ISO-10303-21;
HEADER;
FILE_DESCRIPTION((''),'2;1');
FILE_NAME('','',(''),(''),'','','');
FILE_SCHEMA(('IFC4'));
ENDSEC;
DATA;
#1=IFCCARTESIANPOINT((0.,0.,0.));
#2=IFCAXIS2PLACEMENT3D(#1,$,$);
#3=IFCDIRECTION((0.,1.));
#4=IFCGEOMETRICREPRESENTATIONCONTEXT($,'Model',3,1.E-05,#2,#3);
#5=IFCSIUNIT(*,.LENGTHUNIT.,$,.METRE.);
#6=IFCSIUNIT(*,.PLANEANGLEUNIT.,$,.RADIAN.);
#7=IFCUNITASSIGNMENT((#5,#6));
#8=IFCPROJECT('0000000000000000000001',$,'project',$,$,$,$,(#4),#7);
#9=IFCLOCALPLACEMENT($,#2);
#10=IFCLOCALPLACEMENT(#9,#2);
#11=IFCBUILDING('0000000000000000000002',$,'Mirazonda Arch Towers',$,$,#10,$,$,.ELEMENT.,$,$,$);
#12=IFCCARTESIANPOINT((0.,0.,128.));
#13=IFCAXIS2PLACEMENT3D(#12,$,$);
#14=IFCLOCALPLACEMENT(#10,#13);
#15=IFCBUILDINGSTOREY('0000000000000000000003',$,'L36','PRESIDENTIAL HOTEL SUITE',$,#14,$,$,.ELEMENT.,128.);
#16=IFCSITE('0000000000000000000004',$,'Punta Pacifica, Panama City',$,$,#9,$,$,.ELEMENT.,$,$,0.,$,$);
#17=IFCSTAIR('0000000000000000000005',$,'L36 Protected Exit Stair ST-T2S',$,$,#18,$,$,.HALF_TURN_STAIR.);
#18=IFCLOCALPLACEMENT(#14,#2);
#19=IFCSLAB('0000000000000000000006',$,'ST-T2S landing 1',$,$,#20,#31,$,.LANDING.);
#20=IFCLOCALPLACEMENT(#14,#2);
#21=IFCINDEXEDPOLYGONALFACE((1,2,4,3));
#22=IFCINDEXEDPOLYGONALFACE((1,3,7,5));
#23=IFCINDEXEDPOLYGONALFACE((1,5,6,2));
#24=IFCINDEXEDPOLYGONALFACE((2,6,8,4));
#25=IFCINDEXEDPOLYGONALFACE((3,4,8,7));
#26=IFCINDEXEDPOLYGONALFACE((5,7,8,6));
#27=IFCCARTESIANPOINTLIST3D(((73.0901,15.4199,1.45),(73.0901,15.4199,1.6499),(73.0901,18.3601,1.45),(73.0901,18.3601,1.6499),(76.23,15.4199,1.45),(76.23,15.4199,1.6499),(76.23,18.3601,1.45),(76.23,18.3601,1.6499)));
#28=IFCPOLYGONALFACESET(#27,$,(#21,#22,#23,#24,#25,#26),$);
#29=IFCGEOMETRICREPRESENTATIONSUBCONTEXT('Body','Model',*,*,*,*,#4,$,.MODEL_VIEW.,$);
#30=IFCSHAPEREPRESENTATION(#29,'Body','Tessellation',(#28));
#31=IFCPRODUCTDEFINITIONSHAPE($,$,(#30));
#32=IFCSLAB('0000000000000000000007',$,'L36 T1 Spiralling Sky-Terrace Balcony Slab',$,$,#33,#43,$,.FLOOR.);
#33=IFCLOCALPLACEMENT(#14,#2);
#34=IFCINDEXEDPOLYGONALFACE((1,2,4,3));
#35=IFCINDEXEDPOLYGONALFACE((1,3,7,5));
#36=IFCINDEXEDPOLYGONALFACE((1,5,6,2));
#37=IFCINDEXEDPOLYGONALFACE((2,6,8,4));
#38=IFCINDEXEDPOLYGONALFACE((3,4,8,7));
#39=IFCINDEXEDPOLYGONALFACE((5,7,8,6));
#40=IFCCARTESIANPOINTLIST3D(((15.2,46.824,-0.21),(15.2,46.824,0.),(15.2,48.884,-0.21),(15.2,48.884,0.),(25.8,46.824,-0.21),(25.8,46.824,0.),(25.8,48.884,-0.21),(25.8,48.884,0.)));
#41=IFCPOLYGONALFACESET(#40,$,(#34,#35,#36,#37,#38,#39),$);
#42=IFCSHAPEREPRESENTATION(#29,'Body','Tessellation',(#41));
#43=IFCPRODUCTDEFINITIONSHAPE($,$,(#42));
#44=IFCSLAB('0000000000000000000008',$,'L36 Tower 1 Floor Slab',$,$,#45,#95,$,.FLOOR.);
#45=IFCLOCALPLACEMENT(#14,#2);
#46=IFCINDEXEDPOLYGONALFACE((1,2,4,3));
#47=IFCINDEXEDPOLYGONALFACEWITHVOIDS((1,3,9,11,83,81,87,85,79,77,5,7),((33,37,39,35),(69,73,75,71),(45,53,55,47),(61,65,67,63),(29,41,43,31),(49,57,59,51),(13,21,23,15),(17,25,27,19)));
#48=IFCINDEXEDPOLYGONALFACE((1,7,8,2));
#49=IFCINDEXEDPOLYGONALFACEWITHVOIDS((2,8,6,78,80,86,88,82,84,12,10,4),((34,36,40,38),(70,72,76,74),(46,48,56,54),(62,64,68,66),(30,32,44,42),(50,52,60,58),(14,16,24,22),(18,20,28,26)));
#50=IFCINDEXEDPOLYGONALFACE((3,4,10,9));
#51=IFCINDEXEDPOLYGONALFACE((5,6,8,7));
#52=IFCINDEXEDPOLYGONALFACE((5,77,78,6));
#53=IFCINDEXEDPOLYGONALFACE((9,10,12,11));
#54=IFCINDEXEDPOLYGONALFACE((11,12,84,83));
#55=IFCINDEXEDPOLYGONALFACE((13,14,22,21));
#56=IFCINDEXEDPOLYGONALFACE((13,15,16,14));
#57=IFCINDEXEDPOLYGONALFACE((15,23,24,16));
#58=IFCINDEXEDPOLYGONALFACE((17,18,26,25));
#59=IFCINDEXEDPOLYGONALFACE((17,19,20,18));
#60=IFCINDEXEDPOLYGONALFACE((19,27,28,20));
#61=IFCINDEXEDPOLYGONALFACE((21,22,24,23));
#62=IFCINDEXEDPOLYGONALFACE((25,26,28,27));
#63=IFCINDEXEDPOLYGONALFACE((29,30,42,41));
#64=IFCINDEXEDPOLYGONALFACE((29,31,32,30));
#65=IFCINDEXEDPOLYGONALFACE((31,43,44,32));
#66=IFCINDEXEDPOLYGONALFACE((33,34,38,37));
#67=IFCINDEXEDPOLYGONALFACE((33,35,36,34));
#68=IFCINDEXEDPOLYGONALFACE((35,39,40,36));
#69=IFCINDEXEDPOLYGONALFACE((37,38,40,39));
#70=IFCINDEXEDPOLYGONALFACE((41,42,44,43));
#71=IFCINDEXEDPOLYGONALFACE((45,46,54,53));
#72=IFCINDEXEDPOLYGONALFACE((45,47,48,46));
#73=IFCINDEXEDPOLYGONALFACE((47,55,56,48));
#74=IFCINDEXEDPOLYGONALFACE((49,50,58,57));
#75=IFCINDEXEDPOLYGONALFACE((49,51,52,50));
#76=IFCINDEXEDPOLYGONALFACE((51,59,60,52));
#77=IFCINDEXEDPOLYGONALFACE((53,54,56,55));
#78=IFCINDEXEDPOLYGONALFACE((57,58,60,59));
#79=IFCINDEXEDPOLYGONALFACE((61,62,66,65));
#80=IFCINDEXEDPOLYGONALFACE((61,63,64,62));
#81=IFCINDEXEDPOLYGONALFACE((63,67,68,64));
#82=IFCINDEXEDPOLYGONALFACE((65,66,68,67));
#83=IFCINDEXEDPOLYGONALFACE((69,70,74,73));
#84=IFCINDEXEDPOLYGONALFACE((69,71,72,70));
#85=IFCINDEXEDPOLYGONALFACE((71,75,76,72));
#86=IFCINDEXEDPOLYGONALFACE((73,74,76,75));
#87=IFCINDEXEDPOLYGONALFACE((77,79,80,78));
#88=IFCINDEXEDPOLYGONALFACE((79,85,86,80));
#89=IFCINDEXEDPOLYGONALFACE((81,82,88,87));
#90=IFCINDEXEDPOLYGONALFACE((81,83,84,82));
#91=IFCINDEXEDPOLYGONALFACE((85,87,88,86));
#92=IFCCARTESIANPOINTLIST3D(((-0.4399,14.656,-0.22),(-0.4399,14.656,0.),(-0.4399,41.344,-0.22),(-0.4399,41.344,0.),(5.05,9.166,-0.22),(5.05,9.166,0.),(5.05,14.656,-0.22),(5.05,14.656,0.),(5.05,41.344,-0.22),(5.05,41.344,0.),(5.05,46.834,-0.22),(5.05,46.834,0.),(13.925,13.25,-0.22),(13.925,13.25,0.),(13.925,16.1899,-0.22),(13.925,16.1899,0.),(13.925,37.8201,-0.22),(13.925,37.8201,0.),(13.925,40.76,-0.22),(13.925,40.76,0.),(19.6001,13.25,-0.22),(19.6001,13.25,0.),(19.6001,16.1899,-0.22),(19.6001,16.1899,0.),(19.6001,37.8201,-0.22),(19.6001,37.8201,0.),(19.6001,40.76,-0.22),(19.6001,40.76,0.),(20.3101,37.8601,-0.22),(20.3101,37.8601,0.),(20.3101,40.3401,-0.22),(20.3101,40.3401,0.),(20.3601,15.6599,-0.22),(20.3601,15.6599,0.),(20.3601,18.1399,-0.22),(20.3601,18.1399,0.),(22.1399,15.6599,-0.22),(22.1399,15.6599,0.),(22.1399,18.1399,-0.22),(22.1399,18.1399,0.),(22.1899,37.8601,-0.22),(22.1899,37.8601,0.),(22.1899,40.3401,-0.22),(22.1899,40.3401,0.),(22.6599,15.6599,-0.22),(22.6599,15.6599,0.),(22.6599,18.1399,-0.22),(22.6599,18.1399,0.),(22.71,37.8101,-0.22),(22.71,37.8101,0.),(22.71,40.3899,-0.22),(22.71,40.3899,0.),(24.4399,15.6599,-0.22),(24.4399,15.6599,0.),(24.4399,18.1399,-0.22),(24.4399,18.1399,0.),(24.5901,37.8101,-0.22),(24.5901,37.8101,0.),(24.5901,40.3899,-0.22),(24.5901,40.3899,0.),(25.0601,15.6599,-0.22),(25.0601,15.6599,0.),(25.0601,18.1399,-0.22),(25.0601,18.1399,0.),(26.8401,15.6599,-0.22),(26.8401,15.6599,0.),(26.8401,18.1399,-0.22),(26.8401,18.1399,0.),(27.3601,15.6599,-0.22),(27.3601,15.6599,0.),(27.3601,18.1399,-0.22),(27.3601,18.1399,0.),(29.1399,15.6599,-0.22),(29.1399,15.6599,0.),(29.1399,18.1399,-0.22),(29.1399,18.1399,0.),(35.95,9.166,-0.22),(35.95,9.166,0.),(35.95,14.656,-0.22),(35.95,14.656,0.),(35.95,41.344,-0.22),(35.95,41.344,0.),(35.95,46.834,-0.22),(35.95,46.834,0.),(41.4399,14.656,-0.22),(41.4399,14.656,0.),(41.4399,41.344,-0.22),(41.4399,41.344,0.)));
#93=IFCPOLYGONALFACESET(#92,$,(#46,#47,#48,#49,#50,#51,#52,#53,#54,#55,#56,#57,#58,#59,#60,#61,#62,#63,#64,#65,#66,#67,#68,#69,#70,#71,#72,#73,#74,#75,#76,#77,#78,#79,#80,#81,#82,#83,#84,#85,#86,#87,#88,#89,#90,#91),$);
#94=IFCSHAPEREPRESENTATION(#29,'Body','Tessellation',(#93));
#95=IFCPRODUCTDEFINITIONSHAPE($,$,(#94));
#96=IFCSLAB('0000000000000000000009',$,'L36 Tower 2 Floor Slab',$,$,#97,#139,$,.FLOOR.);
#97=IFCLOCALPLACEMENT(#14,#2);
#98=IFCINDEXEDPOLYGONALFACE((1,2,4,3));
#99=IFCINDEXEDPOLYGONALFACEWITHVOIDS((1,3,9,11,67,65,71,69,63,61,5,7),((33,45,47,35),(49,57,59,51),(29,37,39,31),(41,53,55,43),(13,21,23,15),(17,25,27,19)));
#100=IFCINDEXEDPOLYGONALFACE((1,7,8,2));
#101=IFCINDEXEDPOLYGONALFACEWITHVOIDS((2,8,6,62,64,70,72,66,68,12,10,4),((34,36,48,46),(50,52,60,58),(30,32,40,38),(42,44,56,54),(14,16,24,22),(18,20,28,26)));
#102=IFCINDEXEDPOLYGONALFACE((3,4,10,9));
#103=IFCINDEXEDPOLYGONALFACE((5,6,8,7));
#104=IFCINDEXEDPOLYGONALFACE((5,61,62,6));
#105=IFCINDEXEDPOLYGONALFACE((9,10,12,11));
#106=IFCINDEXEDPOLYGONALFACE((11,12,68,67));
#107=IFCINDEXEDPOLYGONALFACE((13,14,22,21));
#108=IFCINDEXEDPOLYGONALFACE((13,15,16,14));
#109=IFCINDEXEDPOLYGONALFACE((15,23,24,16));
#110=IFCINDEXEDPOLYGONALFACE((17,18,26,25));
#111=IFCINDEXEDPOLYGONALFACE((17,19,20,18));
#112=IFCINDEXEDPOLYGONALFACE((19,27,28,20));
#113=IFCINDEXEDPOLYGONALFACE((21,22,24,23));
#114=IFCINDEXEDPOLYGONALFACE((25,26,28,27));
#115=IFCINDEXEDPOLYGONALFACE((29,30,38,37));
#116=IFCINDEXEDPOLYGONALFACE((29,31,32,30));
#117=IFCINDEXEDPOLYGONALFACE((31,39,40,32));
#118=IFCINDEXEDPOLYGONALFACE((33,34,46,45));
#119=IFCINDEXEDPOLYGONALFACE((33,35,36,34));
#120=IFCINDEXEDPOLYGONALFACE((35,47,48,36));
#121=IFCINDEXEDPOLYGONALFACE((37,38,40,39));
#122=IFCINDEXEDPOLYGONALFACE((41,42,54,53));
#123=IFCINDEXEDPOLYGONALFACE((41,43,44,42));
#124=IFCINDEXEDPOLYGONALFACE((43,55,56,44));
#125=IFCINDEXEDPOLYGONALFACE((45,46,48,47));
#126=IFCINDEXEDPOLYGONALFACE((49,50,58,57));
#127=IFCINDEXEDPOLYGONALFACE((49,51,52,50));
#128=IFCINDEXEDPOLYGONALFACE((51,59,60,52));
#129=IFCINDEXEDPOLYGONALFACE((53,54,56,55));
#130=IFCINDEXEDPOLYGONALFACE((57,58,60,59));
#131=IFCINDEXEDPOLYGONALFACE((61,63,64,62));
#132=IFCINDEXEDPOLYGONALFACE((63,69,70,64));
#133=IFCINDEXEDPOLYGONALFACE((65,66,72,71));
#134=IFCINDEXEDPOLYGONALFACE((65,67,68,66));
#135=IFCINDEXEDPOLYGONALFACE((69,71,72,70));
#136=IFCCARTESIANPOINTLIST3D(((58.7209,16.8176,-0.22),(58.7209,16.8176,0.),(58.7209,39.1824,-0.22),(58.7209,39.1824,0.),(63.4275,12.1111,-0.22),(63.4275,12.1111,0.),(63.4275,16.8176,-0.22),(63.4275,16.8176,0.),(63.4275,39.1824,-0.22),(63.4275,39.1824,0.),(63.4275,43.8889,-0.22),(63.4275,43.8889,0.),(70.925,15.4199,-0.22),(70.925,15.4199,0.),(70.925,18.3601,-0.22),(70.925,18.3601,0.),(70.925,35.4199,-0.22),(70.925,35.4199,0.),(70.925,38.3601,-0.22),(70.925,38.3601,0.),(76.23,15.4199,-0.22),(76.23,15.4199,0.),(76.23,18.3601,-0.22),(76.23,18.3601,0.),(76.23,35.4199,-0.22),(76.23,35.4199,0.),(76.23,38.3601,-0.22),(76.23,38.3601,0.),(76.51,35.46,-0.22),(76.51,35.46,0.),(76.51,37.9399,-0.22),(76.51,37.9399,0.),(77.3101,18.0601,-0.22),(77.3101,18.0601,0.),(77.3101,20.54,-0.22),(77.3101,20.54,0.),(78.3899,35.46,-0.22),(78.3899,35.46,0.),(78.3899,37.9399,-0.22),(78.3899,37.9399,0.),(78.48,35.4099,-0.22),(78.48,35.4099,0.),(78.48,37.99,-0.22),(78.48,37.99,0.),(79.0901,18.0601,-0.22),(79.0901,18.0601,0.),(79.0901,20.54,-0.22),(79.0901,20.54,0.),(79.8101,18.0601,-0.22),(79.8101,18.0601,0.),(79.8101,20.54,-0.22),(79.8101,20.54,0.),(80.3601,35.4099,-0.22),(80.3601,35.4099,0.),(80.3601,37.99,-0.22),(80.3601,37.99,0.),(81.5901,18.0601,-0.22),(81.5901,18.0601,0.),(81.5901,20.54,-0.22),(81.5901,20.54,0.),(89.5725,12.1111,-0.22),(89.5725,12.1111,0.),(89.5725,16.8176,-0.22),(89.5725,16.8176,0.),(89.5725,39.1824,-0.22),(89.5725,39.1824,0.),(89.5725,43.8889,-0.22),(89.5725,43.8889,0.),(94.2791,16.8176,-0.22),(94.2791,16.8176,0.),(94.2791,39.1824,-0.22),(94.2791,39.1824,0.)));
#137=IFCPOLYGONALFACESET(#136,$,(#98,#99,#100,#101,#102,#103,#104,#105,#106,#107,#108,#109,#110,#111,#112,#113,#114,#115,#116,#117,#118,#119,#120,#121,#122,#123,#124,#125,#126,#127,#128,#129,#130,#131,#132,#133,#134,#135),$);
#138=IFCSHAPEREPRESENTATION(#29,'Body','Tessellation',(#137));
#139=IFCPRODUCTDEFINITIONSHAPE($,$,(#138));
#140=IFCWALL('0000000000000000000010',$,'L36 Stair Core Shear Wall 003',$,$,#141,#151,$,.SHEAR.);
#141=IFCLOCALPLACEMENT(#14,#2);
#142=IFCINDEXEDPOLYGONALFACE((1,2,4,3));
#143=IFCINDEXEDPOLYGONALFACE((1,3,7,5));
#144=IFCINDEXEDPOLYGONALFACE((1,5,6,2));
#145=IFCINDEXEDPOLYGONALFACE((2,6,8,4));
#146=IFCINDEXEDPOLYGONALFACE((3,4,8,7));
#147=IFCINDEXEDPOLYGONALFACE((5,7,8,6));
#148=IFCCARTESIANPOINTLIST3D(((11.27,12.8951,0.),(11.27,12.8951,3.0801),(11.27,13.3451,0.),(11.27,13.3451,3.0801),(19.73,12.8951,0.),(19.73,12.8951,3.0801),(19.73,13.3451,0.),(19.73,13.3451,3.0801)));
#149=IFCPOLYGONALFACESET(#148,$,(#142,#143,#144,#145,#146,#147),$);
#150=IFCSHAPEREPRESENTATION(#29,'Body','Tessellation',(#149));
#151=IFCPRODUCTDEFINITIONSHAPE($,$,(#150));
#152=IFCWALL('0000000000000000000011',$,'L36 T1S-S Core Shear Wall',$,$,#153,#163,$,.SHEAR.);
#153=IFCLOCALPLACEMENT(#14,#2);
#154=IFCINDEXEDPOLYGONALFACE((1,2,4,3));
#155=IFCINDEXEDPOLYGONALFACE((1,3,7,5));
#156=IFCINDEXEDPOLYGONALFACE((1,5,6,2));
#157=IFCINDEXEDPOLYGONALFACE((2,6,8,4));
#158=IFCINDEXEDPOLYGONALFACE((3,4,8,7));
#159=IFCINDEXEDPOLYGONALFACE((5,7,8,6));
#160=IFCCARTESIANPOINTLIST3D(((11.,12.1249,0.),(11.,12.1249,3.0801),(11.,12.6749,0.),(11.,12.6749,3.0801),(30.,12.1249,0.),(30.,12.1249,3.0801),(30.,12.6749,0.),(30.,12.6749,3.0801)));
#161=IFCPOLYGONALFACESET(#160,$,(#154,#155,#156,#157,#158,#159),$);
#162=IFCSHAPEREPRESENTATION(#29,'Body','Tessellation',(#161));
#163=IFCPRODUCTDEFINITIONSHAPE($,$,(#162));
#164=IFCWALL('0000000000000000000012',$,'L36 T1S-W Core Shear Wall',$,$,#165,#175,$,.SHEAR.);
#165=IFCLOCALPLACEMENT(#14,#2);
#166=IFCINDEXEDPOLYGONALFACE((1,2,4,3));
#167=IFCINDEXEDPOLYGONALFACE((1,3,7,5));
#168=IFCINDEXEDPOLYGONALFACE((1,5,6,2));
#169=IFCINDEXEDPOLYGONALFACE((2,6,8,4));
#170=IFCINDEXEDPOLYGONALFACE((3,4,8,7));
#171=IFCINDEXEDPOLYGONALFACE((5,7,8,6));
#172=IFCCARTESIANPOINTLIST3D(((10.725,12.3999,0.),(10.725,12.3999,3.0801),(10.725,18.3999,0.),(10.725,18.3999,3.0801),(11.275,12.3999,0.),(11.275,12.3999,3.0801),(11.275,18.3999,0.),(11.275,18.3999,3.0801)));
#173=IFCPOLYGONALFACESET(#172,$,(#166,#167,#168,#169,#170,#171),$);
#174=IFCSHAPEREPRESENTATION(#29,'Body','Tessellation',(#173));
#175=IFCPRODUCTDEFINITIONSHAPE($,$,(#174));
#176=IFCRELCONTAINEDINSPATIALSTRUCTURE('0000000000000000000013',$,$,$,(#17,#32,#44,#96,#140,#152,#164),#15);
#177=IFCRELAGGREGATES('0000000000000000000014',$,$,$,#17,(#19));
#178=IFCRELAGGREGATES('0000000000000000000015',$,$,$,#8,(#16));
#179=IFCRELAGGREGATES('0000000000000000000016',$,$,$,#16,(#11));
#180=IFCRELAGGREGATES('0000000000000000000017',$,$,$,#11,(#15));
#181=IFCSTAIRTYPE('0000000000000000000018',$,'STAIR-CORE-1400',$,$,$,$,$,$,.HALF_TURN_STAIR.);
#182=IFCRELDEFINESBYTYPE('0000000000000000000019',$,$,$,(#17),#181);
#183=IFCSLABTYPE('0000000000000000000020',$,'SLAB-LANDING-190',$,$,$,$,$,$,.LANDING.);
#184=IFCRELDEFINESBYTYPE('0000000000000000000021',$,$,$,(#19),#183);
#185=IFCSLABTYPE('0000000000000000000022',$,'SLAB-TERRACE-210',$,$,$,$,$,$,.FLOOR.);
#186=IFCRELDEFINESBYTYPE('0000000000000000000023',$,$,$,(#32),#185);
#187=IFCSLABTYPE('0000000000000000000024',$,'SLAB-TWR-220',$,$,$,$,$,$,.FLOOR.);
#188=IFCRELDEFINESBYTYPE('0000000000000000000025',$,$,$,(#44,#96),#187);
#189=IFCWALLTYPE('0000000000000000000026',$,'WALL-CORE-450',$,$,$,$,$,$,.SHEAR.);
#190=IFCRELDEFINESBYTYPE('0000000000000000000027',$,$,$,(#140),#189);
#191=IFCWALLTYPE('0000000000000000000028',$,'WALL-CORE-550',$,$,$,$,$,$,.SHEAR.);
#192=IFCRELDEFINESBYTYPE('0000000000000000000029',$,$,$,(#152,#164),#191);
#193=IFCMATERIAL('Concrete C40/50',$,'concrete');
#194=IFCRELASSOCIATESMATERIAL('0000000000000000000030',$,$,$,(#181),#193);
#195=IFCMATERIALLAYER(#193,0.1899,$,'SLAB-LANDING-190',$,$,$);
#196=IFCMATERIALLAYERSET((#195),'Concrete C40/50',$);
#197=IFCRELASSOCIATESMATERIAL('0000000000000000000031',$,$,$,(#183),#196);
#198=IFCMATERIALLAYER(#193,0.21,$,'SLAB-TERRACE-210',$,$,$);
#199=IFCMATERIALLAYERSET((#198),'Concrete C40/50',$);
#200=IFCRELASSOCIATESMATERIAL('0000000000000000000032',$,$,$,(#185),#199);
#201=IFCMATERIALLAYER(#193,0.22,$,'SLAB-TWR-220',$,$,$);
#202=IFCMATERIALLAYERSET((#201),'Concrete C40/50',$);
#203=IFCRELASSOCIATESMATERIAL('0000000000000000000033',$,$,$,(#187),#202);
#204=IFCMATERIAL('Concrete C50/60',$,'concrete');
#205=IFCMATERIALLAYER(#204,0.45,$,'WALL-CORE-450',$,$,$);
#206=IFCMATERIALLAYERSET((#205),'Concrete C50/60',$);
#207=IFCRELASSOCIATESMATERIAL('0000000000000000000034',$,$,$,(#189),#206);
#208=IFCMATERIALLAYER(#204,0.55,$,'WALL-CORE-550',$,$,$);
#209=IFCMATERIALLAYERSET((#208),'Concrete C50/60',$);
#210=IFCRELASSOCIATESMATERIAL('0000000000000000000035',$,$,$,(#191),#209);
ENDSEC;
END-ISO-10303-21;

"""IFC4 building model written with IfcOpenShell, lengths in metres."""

from ifc_helpers import new_model, si_unit, direction, frame, frame_2d, origin, place, context, subcontext, project, spatial, polyline, rectangle, outline, extrude, material, layer, layer_set, type_object, element, aggregate, save


model = new_model("IFC4")

# Units and contexts
model_context = context("Model", 3, precision=1e-05, world=origin(), true_north=direction((0.0, 1.0)))
body_context = subcontext(model_context, "Body", "Model", "MODEL_VIEW")
ifc_project = project(units=[si_unit("LENGTHUNIT", "METRE"), si_unit("PLANEANGLEUNIT", "RADIAN")], contexts=[model_context])

# Site, building, storey
site_placement = place(None, origin())
site = spatial("IfcSite", under=ifc_project, at=site_placement, Name="Punta Pacifica, Panama City", CompositionType="ELEMENT", RefElevation=0.0)
building_placement = place(site_placement, origin())
building = spatial("IfcBuilding", under=site, at=building_placement, Name="Mirazonda Arch Towers", CompositionType="ELEMENT")
storey_placement = place(building_placement, frame((0.0, 0.0, 128.0)))
storey = spatial("IfcBuildingStorey", under=building, at=storey_placement, Name="L36", Description="PRESIDENTIAL HOTEL SUITE", CompositionType="ELEMENT", Elevation=128.0)

# Shared definitions
ifc_material_1 = material(Name="Concrete C50/60", Category="concrete")

# Stair, slab
ifc_material_2 = material(Name="Concrete C40/50", Category="concrete")
stair_type = type_object("IfcStairType", Name="STAIR-CORE-1400", PredefinedType="HALF_TURN_STAIR", material=ifc_material_2)
ifc_layer_1 = layer(ifc_material_2, 0.1899, Name="SLAB-LANDING-190")
ifc_layer_set_1 = layer_set([ifc_layer_1], Name="Concrete C40/50")
slab_type_1 = type_object("IfcSlabType", Name="SLAB-LANDING-190", PredefinedType="LANDING", material=ifc_layer_set_1)
stair_1_placement = place(storey_placement, origin())
stair_1 = element("IfcStair", 1, at=stair_1_placement, inside=storey, type_object=stair_type, Name="L36 Protected Exit Stair ST-T2S", PredefinedType="HALF_TURN_STAIR")
slab_1_placement = place(storey_placement, frame((0.0, 0.0, 1.45)))
slab_1 = element("IfcSlab", 2, at=slab_1_placement, type_object=slab_type_1, Name="ST-T2S landing 1", PredefinedType="LANDING", context=body_context, shape_type="SweptSolid", body=[
    extrude(outline(polyline([(73.0901, 15.4199), (76.23, 15.4199), (76.23, 18.3601), (73.0901, 18.3601), (73.0901, 15.4199)])), origin(), (0.0, 0.0, 1.0), 0.2),
])
aggregate(stair_1, [slab_1])

# Slabs
ifc_layer_2 = layer(ifc_material_2, 0.21, Name="SLAB-TERRACE-210")
ifc_layer_set_2 = layer_set([ifc_layer_2], Name="Concrete C40/50")
slab_type_2 = type_object("IfcSlabType", Name="SLAB-TERRACE-210", PredefinedType="FLOOR", material=ifc_layer_set_2)
slab_2_placement = place(storey_placement, frame((0.0, 0.0, -0.21)))
element("IfcSlab", 3, at=slab_2_placement, inside=storey, type_object=slab_type_2, Name="L36 T1 Spiralling Sky-Terrace Balcony Slab", PredefinedType="FLOOR", context=body_context, shape_type="SweptSolid", body=[
    extrude(outline(polyline([(15.2, 46.824), (25.8, 46.824), (25.8, 48.884), (15.2, 48.884), (15.2, 46.824)])), origin(), (0.0, 0.0, 1.0), 0.21),
])
ifc_layer_3 = layer(ifc_material_2, 0.22, Name="SLAB-TWR-220")
ifc_layer_set_3 = layer_set([ifc_layer_3], Name="Concrete C40/50")
slab_type_3 = type_object("IfcSlabType", Name="SLAB-TWR-220", PredefinedType="FLOOR", material=ifc_layer_set_3)
slab_3_placement = place(storey_placement, frame((0.0, 0.0, -0.22)))
element("IfcSlab", 4, at=slab_3_placement, inside=storey, type_object=slab_type_3, Name="L36 Tower 1 Floor Slab", PredefinedType="FLOOR", context=body_context, shape_type="SweptSolid", body=[
    extrude(outline(polyline([(5.05, 9.166), (35.95, 9.166), (35.95, 14.656), (41.4399, 14.656), (41.4399, 41.344), (35.95, 41.344), (35.95, 46.834), (5.05, 46.834), (5.05, 41.344), (-0.4399, 41.344), (-0.4399, 14.656), (5.05, 14.656), (5.05, 9.166)]), holes=[polyline([(27.3601, 18.1399), (29.1399, 18.1399), (29.1399, 15.6599), (27.3601, 15.6599), (27.3601, 18.1399)]), polyline([(25.0601, 18.1399), (26.8401, 18.1399), (26.8401, 15.6599), (25.0601, 15.6599), (25.0601, 18.1399)]), polyline([(22.71, 40.3899), (24.5901, 40.3899), (24.5901, 37.8101), (22.71, 37.8101), (22.71, 40.3899)]), polyline([(22.6599, 18.1399), (24.4399, 18.1399), (24.4399, 15.6599), (22.6599, 15.6599), (22.6599, 18.1399)]), polyline([(20.3101, 40.3401), (22.1899, 40.3401), (22.1899, 37.8601), (20.3101, 37.8601), (20.3101, 40.3401)]), polyline([(20.3601, 18.1399), (22.1399, 18.1399), (22.1399, 15.6599), (20.3601, 15.6599), (20.3601, 18.1399)]), polyline([(13.925, 13.25), (13.925, 16.1899), (19.6001, 16.1899), (19.6001, 13.25), (13.925, 13.25)]), polyline([(13.925, 37.8201), (13.925, 40.76), (19.6001, 40.76), (19.6001, 37.8201), (13.925, 37.8201)])]), origin(), (0.0, 0.0, 1.0), 0.22),
])
slab_4_placement = place(storey_placement, frame((0.0, 0.0, -0.22)))
element("IfcSlab", 5, at=slab_4_placement, inside=storey, type_object=slab_type_3, Name="L36 Tower 2 Floor Slab", PredefinedType="FLOOR", context=body_context, shape_type="SweptSolid", body=[
    extrude(outline(polyline([(63.4275, 12.1111), (89.5725, 12.1111), (89.5725, 16.8176), (94.2791, 16.8176), (94.2791, 39.1824), (89.5725, 39.1824), (89.5725, 43.8889), (63.4275, 43.8889), (63.4275, 39.1824), (58.7209, 39.1824), (58.7209, 16.8176), (63.4275, 16.8176), (63.4275, 12.1111)]), holes=[polyline([(79.8101, 20.54), (81.5901, 20.54), (81.5901, 18.0601), (79.8101, 18.0601), (79.8101, 20.54)]), polyline([(78.48, 37.99), (80.3601, 37.99), (80.3601, 35.4099), (78.48, 35.4099), (78.48, 37.99)]), polyline([(77.3101, 20.54), (79.0901, 20.54), (79.0901, 18.0601), (77.3101, 18.0601), (77.3101, 20.54)]), polyline([(76.51, 35.46), (76.51, 37.9399), (78.3899, 37.9399), (78.3899, 35.46), (76.51, 35.46)]), polyline([(76.23, 15.4199), (70.925, 15.4199), (70.925, 18.3601), (76.23, 18.3601), (76.23, 15.4199)]), polyline([(70.925, 35.4199), (70.925, 38.3601), (76.23, 38.3601), (76.23, 35.4199), (70.925, 35.4199)])]), origin(), (0.0, 0.0, 1.0), 0.22),
])

# Walls
ifc_layer_4 = layer(ifc_material_1, 0.45, Name="WALL-CORE-450")
ifc_layer_set_4 = layer_set([ifc_layer_4], Name="Concrete C50/60")
wall_type_1 = type_object("IfcWallType", Name="WALL-CORE-450", PredefinedType="SHEAR", material=ifc_layer_set_4)
wall_1_placement = place(storey_placement, frame((11.27, 13.1201, 0.0), z_axis=(0.0, 0.0, 1.0), x_axis=(1.0, 0.0, 0.0)))
element("IfcWall", 6, at=wall_1_placement, inside=storey, type_object=wall_type_1, Name="L36 Stair Core Shear Wall 003", PredefinedType="SHEAR", context=body_context, shape_type="SweptSolid", body=[
    extrude(rectangle(XDim=8.46, YDim=0.45, at=frame_2d((4.23, 0.0))), origin(), (0.0, 0.0, 1.0), 3.0801),
])
ifc_layer_5 = layer(ifc_material_1, 0.55, Name="WALL-CORE-550")
ifc_layer_set_5 = layer_set([ifc_layer_5], Name="Concrete C50/60")
wall_type_2 = type_object("IfcWallType", Name="WALL-CORE-550", PredefinedType="SHEAR", material=ifc_layer_set_5)
wall_2_placement = place(storey_placement, frame((11.0, 12.3999, 0.0), z_axis=(0.0, 0.0, 1.0), x_axis=(1.0, 0.0, 0.0)))
element("IfcWall", 7, at=wall_2_placement, inside=storey, type_object=wall_type_2, Name="L36 T1S-S Core Shear Wall", PredefinedType="SHEAR", context=body_context, shape_type="SweptSolid", body=[
    extrude(rectangle(XDim=19.0, YDim=0.55, at=frame_2d((9.5, 0.0))), origin(), (0.0, 0.0, 1.0), 3.0801),
])
wall_3_placement = place(storey_placement, frame((11.0, 12.3999, 0.0), z_axis=(0.0, 0.0, 1.0), x_axis=(0.0, 1.0, 0.0)))
element("IfcWall", 8, at=wall_3_placement, inside=storey, type_object=wall_type_2, Name="L36 T1S-W Core Shear Wall", PredefinedType="SHEAR", context=body_context, shape_type="SweptSolid", body=[
    extrude(rectangle(XDim=6.0, YDim=0.55, at=frame_2d((3.0, 0.0))), origin(), (0.0, 0.0, 1.0), 3.0801),
])

save(model, "model.ifc")
